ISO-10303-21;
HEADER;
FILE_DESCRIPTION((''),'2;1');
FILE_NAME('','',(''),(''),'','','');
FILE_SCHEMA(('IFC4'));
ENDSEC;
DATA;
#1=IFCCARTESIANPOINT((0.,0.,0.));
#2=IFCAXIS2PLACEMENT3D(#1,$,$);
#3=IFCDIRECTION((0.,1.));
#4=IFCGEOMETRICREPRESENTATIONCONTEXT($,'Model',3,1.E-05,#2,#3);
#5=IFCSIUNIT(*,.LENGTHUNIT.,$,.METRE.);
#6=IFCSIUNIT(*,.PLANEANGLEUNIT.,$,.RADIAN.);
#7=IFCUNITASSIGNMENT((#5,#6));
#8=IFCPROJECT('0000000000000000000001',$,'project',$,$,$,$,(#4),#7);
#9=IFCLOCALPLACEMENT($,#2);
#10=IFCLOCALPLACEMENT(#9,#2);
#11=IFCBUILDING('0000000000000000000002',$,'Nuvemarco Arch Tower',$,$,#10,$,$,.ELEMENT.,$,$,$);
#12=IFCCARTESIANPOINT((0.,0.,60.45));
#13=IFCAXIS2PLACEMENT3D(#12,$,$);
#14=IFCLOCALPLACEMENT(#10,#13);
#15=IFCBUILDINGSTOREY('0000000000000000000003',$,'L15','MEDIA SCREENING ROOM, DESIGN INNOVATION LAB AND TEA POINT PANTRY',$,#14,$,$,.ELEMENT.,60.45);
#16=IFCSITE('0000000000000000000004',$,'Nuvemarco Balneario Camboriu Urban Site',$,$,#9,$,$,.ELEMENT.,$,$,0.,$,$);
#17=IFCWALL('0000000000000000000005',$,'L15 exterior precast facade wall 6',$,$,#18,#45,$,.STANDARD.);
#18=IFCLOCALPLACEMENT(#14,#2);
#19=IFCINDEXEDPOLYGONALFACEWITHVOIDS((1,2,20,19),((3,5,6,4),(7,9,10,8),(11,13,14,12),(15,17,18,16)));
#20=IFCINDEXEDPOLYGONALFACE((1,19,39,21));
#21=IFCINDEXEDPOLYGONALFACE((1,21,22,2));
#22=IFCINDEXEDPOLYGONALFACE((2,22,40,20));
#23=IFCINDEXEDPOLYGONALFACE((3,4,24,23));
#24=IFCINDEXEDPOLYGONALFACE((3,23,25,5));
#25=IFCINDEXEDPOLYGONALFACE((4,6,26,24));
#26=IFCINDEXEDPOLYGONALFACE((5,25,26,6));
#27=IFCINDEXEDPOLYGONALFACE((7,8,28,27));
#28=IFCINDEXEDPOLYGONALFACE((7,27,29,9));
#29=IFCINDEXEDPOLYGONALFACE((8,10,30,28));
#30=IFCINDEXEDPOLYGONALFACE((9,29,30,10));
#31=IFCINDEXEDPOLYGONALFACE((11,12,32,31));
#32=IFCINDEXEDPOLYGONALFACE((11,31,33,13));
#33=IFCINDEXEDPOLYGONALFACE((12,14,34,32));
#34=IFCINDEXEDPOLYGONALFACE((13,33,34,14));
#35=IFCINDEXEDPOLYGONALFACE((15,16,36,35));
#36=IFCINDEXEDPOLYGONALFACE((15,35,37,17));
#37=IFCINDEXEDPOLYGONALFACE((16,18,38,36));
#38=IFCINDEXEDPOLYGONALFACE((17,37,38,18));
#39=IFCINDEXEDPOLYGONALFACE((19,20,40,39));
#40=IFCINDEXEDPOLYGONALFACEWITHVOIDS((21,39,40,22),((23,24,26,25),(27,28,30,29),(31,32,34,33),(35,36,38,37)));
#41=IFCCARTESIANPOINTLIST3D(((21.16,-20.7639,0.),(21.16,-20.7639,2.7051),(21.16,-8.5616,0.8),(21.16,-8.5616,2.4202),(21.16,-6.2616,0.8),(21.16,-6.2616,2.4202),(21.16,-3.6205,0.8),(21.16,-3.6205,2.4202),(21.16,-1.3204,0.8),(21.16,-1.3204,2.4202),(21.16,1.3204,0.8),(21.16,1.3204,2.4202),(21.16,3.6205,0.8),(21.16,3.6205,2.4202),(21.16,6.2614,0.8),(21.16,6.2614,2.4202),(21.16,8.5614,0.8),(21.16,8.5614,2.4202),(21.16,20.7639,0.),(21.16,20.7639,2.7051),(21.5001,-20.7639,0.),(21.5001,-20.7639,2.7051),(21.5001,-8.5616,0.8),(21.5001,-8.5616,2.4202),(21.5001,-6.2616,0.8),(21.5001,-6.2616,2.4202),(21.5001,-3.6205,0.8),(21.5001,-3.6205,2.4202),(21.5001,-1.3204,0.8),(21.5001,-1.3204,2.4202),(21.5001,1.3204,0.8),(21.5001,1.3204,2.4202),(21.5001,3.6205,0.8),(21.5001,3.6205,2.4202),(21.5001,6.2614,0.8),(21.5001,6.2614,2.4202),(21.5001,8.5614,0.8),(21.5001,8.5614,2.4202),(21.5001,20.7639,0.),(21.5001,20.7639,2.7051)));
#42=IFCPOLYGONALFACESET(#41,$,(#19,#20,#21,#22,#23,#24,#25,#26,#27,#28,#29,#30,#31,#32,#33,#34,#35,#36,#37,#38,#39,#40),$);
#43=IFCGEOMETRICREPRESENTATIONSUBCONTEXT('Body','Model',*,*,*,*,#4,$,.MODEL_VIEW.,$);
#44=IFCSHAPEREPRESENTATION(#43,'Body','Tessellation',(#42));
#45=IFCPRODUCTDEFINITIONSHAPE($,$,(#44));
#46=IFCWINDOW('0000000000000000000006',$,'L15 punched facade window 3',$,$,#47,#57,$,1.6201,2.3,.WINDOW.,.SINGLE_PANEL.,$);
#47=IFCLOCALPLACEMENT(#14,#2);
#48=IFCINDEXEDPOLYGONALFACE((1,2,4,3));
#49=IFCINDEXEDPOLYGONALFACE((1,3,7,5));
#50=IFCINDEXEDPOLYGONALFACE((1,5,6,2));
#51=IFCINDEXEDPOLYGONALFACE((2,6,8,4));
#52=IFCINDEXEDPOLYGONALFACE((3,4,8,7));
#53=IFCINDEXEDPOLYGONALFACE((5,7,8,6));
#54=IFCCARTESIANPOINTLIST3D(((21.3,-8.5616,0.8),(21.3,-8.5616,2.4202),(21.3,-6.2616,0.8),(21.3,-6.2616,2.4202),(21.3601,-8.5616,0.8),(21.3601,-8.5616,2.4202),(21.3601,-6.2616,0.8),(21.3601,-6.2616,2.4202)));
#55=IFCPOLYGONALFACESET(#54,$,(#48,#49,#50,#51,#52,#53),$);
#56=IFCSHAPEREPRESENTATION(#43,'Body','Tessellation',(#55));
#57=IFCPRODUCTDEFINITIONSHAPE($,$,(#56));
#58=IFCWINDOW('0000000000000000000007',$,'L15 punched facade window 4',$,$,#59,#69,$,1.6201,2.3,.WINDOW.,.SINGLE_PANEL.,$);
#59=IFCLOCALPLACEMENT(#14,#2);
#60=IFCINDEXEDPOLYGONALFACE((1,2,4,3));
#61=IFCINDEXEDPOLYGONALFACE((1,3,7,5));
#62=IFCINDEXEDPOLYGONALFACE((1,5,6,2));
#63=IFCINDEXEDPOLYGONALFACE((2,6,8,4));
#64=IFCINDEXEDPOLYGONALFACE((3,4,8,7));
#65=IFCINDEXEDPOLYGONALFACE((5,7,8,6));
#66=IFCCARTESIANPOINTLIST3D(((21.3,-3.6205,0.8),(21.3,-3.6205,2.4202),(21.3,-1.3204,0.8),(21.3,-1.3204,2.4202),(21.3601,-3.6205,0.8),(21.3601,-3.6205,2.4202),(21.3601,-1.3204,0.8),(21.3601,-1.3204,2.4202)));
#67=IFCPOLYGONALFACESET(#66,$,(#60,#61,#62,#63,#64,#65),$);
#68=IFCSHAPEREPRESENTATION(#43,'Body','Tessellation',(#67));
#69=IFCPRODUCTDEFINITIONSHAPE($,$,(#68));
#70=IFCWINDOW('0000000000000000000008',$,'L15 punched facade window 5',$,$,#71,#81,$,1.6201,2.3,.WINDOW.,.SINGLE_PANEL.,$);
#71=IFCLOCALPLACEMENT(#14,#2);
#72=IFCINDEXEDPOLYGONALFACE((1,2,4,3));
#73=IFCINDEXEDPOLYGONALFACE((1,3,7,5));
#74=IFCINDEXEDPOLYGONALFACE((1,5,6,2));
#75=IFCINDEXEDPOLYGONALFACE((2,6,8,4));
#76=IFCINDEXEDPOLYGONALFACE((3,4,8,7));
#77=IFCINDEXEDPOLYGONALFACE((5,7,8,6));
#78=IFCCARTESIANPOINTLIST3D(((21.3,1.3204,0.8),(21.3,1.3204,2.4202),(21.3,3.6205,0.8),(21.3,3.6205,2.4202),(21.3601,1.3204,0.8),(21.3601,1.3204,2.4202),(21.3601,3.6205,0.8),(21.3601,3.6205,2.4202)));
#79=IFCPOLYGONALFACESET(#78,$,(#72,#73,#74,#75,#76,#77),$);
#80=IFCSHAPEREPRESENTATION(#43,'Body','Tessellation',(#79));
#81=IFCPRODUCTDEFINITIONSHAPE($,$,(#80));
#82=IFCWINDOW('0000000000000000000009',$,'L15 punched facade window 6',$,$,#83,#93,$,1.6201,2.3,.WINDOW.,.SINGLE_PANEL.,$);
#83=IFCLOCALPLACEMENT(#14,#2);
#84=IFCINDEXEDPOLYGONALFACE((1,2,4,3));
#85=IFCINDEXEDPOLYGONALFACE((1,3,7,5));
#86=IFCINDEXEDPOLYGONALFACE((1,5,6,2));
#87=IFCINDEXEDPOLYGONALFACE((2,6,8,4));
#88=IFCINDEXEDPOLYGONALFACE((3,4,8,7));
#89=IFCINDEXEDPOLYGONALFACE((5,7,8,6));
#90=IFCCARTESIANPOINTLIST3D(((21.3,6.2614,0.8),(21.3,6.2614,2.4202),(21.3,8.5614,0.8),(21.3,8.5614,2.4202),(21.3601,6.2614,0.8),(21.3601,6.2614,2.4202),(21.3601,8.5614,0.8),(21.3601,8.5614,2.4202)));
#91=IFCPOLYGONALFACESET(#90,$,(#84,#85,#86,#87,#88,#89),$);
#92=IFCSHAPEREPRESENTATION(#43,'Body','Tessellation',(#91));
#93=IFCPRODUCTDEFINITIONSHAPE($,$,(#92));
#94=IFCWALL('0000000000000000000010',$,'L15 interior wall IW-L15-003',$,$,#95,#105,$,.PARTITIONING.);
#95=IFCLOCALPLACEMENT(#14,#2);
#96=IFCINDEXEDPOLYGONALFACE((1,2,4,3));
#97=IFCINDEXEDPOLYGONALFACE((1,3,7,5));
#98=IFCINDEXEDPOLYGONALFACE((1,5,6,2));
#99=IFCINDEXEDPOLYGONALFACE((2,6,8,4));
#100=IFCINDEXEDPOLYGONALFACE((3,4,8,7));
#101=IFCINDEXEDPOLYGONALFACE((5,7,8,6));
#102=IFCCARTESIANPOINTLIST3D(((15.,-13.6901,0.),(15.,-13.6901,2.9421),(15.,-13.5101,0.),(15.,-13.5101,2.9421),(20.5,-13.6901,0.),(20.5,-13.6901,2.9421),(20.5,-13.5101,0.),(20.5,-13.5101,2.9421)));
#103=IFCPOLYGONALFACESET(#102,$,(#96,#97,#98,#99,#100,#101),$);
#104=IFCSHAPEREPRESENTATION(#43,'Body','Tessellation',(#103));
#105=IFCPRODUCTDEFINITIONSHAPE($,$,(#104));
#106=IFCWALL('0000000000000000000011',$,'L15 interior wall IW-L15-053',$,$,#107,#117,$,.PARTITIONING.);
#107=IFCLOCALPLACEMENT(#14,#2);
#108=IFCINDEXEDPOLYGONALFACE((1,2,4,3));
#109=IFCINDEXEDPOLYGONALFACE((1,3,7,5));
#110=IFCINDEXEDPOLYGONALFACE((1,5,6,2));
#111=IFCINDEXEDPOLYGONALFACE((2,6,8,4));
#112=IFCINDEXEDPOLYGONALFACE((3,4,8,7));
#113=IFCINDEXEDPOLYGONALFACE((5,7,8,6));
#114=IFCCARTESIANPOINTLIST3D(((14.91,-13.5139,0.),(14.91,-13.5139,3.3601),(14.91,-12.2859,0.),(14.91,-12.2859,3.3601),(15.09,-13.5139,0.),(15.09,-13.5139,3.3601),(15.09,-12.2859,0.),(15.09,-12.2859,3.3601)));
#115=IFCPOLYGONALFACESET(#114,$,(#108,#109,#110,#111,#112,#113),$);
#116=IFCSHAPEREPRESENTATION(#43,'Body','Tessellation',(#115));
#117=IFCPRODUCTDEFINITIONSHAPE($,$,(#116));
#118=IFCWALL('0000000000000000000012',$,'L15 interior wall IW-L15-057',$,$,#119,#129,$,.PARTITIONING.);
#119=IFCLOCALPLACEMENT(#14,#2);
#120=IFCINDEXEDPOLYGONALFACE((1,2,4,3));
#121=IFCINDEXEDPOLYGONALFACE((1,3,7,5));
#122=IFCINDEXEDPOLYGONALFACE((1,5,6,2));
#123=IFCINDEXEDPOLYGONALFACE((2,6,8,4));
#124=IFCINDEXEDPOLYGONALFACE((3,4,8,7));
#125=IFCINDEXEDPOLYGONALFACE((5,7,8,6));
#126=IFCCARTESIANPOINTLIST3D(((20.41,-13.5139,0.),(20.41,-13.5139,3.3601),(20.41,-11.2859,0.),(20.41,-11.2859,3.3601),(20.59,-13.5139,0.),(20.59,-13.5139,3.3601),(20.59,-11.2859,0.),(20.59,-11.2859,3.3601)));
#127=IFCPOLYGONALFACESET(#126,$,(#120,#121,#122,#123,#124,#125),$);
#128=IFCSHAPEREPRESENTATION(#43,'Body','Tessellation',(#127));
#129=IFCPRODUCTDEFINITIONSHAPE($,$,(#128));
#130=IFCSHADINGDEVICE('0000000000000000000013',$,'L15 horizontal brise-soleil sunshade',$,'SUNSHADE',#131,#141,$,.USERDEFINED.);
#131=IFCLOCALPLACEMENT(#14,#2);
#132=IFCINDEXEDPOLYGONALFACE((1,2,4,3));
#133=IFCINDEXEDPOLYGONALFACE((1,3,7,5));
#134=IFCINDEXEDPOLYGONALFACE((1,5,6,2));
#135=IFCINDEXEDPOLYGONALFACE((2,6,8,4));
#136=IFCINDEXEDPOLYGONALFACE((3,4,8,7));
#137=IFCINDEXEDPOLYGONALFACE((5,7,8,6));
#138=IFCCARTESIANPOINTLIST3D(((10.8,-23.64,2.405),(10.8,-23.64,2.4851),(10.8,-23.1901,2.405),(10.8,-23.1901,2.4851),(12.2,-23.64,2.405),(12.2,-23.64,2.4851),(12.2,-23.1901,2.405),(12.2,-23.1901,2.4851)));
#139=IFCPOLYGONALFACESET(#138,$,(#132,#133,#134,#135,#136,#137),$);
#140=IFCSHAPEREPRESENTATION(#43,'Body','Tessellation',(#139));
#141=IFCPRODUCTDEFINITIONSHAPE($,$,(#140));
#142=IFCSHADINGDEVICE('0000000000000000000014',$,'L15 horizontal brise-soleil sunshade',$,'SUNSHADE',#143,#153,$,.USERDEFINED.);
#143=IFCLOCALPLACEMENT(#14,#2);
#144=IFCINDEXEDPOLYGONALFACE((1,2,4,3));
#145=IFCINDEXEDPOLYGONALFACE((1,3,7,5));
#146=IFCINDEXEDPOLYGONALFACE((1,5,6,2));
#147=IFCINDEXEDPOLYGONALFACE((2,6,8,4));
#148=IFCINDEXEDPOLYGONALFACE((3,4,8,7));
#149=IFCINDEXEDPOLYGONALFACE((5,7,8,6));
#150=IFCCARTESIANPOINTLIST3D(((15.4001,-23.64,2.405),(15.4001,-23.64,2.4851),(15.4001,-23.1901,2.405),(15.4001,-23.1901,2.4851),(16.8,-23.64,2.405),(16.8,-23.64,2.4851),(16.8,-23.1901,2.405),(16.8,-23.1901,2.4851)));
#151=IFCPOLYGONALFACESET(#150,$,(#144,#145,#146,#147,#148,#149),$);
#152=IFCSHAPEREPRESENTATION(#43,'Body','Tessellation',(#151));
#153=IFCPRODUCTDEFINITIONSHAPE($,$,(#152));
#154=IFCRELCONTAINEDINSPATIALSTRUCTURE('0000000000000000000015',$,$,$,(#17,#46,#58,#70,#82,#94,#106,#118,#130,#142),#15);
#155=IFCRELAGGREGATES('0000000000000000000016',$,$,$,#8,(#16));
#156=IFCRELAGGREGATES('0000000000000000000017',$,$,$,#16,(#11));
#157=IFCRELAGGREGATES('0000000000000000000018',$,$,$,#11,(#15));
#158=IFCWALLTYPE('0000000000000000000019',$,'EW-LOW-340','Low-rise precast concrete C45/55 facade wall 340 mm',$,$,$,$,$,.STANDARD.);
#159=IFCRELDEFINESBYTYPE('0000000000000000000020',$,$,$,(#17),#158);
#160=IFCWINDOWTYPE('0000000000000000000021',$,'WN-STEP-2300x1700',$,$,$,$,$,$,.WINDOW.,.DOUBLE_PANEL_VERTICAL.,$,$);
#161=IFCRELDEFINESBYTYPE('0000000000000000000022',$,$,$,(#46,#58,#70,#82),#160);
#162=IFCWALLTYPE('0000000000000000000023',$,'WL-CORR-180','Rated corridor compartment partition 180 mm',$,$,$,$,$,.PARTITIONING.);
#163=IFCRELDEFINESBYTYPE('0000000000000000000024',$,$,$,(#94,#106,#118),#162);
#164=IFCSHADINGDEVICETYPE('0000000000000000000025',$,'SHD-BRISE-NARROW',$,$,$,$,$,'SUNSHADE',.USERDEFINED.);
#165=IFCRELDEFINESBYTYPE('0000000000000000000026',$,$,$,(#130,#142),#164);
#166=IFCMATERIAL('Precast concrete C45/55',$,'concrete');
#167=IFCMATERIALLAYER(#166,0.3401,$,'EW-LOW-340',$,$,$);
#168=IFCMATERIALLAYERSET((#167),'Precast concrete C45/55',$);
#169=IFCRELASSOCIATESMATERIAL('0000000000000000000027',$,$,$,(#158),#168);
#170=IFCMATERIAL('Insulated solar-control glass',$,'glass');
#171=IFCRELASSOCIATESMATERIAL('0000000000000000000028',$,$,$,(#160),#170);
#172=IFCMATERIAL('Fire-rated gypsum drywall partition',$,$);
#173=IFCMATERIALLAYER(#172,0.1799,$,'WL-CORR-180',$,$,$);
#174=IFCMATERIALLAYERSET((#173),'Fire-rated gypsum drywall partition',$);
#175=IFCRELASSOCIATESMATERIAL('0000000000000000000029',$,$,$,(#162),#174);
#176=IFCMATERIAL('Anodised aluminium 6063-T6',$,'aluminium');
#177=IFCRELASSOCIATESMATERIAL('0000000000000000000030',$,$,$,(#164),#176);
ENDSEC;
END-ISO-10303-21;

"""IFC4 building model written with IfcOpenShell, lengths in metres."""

from ifc_helpers import new_model, si_unit, direction, frame, frame_2d, origin, origin_2d, place, context, subcontext, project, spatial, rectangle, extrude, source, transform, mapped, material, layer, layer_set, type_object, type_shapes, element, fill, save


model = new_model("IFC4")

# Units and contexts
model_context = context("Model", 3, precision=1e-05, world=origin(), true_north=direction((0.0, 1.0)))
body_context = subcontext(model_context, "Body", "Model", "MODEL_VIEW")
ifc_project = project(units=[si_unit("LENGTHUNIT", "METRE"), si_unit("PLANEANGLEUNIT", "RADIAN")], contexts=[model_context])

# Site, building, storey
site_placement = place(None, origin())
site = spatial("IfcSite", under=ifc_project, at=site_placement, Name="Nuvemarco Balneario Camboriu Urban Site", CompositionType="ELEMENT", RefElevation=0.0)
building_placement = place(site_placement, origin())
building = spatial("IfcBuilding", under=site, at=building_placement, Name="Nuvemarco Arch Tower", CompositionType="ELEMENT")
storey_placement = place(building_placement, frame((0.0, 0.0, 60.45)))
storey = spatial("IfcBuildingStorey", under=building, at=storey_placement, Name="L15", Description="MEDIA SCREENING ROOM, DESIGN INNOVATION LAB AND TEA POINT PANTRY", CompositionType="ELEMENT", Elevation=60.45)

# Shared definitions
ifc_material_1 = material(Name="Precast concrete C45/55", Category="concrete")

# Shared definitions
ifc_layer_1 = layer(ifc_material_1, 0.3401, Name="EW-LOW-340")
ifc_layer_set_1 = layer_set([ifc_layer_1], Name="Precast concrete C45/55")
wall_type_1 = type_object("IfcWallType", Name="EW-LOW-340", Description="Low-rise precast concrete C45/55 facade wall 340 mm", PredefinedType="STANDARD", material=ifc_layer_set_1)

# Wall, openings, windows
wall_1_placement = place(storey_placement, frame((21.3301, -20.7639, 0.0), z_axis=(0.0, 0.0, 1.0), x_axis=(0.0, 1.0, 0.0)))
wall_1 = element("IfcWall", 1, at=wall_1_placement, inside=storey, type_object=wall_type_1, Name="L15 exterior precast facade wall 6", PredefinedType="STANDARD", context=body_context, shape_type="SweptSolid", body=[
    extrude(rectangle(XDim=41.5278, YDim=0.3401, at=frame_2d((20.7639, 0.0))), origin(), (0.0, 0.0, 1.0), 2.7051),
])
opening_1_placement = place(wall_1_placement, frame((12.2024, 0.0, 0.8)))
opening_1 = element("IfcOpeningElement", 2, at=opening_1_placement, cuts=wall_1, PredefinedType="OPENING", context=body_context, shape_type="SweptSolid", body=[
    extrude(rectangle(XDim=2.3, YDim=1.6201, at=frame_2d((1.1499, 0.8101))), frame((0.0, 0.1799, 0.0), z_axis=(0.0, -1.0, 0.0), x_axis=(1.0, 0.0, 0.0)), (0.0, 0.0, 1.0), 0.3601),
])
opening_2_placement = place(wall_1_placement, frame((17.1436, 0.0, 0.8)))
opening_2 = element("IfcOpeningElement", 3, at=opening_2_placement, cuts=wall_1, PredefinedType="OPENING", context=body_context, shape_type="SweptSolid", body=[
    extrude(rectangle(XDim=2.3, YDim=1.6201, at=frame_2d((1.1499, 0.8101))), frame((0.0, 0.1799, 0.0), z_axis=(0.0, -1.0, 0.0), x_axis=(1.0, 0.0, 0.0)), (0.0, 0.0, 1.0), 0.3601),
])
opening_3_placement = place(wall_1_placement, frame((22.0845, 0.0, 0.8)))
opening_3 = element("IfcOpeningElement", 4, at=opening_3_placement, cuts=wall_1, PredefinedType="OPENING", context=body_context, shape_type="SweptSolid", body=[
    extrude(rectangle(XDim=2.3, YDim=1.6201, at=frame_2d((1.1499, 0.8101))), frame((0.0, 0.1799, 0.0), z_axis=(0.0, -1.0, 0.0), x_axis=(1.0, 0.0, 0.0)), (0.0, 0.0, 1.0), 0.3601),
])
opening_4_placement = place(wall_1_placement, frame((27.0254, 0.0, 0.8)))
opening_4 = element("IfcOpeningElement", 5, at=opening_4_placement, cuts=wall_1, PredefinedType="OPENING", context=body_context, shape_type="SweptSolid", body=[
    extrude(rectangle(XDim=2.3, YDim=1.6201, at=frame_2d((1.1499, 0.8101))), frame((0.0, 0.1799, 0.0), z_axis=(0.0, -1.0, 0.0), x_axis=(1.0, 0.0, 0.0)), (0.0, 0.0, 1.0), 0.3601),
])
ifc_material_2 = material(Name="Insulated solar-control glass", Category="glass")
window_type = type_object("IfcWindowType", Name="WN-STEP-2300x1700", PartitioningType="DOUBLE_PANEL_VERTICAL", PredefinedType="WINDOW", material=ifc_material_2)
shared_shape_1 = source(origin(), body_context, "Body", "SweptSolid", [
    extrude(rectangle(XDim=2.3, YDim=1.6201, at=frame_2d((1.1499, 0.8101))), frame((0.0, 0.03, 0.0), z_axis=(0.0, -1.0, 0.0), x_axis=(1.0, 0.0, 0.0)), (0.0, 0.0, 1.0), 0.0601),
])
type_shapes(window_type, [shared_shape_1])
window_1_placement = place(opening_1_placement, origin())
window_1 = element("IfcWindow", 6, at=window_1_placement, inside=storey, type_object=window_type, Name="L15 punched facade window 3", OverallHeight=1.6201, OverallWidth=2.3, PartitioningType="SINGLE_PANEL", PredefinedType="WINDOW", context=body_context, shape_type="MappedRepresentation", body=[
    mapped(shared_shape_1, transform((0.0, 0.0, 0.0), scale=1.0)),
])
fill(opening_1, window_1)
window_2_placement = place(opening_2_placement, origin())
window_2 = element("IfcWindow", 7, at=window_2_placement, inside=storey, type_object=window_type, Name="L15 punched facade window 4", OverallHeight=1.6201, OverallWidth=2.3, PartitioningType="SINGLE_PANEL", PredefinedType="WINDOW", context=body_context, shape_type="MappedRepresentation", body=[
    mapped(shared_shape_1, transform((0.0, 0.0, 0.0), scale=1.0)),
])
fill(opening_2, window_2)
window_3_placement = place(opening_3_placement, origin())
window_3 = element("IfcWindow", 8, at=window_3_placement, inside=storey, type_object=window_type, Name="L15 punched facade window 5", OverallHeight=1.6201, OverallWidth=2.3, PartitioningType="SINGLE_PANEL", PredefinedType="WINDOW", context=body_context, shape_type="MappedRepresentation", body=[
    mapped(shared_shape_1, transform((0.0, 0.0, 0.0), scale=1.0)),
])
fill(opening_3, window_3)
window_4_placement = place(opening_4_placement, origin())
window_4 = element("IfcWindow", 9, at=window_4_placement, inside=storey, type_object=window_type, Name="L15 punched facade window 6", OverallHeight=1.6201, OverallWidth=2.3, PartitioningType="SINGLE_PANEL", PredefinedType="WINDOW", context=body_context, shape_type="MappedRepresentation", body=[
    mapped(shared_shape_1, transform((0.0, 0.0, 0.0), scale=1.0)),
])
fill(opening_4, window_4)

# Walls
ifc_material_3 = material(Name="Fire-rated gypsum drywall partition")
ifc_layer_2 = layer(ifc_material_3, 0.1799, Name="WL-CORR-180")
ifc_layer_set_2 = layer_set([ifc_layer_2], Name="Fire-rated gypsum drywall partition")
wall_type_2 = type_object("IfcWallType", Name="WL-CORR-180", Description="Rated corridor compartment partition 180 mm", PredefinedType="PARTITIONING", material=ifc_layer_set_2)
wall_2_placement = place(storey_placement, frame((15.0, -13.6001, 0.0), z_axis=(0.0, 0.0, 1.0), x_axis=(1.0, 0.0, 0.0)))
element("IfcWall", 10, at=wall_2_placement, inside=storey, type_object=wall_type_2, Name="L15 interior wall IW-L15-003", PredefinedType="PARTITIONING", context=body_context, shape_type="SweptSolid", body=[
    extrude(rectangle(XDim=5.5, YDim=0.1799, at=frame_2d((2.75, 0.0))), origin(), (0.0, 0.0, 1.0), 2.9421),
])
wall_3_placement = place(storey_placement, frame((15.0, -13.5139, 0.0), z_axis=(0.0, 0.0, 1.0), x_axis=(0.0, 1.0, 0.0)))
element("IfcWall", 11, at=wall_3_placement, inside=storey, type_object=wall_type_2, Name="L15 interior wall IW-L15-053", PredefinedType="PARTITIONING", context=body_context, shape_type="SweptSolid", body=[
    extrude(rectangle(XDim=1.228, YDim=0.1799, at=frame_2d((0.614, 0.0))), origin(), (0.0, 0.0, 1.0), 3.3601),
])
wall_4_placement = place(storey_placement, frame((20.5, -13.5139, 0.0), z_axis=(0.0, 0.0, 1.0), x_axis=(0.0, 1.0, 0.0)))
element("IfcWall", 12, at=wall_4_placement, inside=storey, type_object=wall_type_2, Name="L15 interior wall IW-L15-057", PredefinedType="PARTITIONING", context=body_context, shape_type="SweptSolid", body=[
    extrude(rectangle(XDim=2.228, YDim=0.1799, at=frame_2d((1.114, 0.0))), origin(), (0.0, 0.0, 1.0), 3.3601),
])

# Shading devices
ifc_material_4 = material(Name="Anodised aluminium 6063-T6", Category="aluminium")
shading_device_type = type_object("IfcShadingDeviceType", Name="SHD-BRISE-NARROW", ElementType="SUNSHADE", PredefinedType="USERDEFINED", material=ifc_material_4)
shared_shape_2 = source(origin(), body_context, "Body", "SweptSolid", [
    extrude(rectangle(XDim=1.3999, YDim=0.45, at=origin_2d()), origin(), (0.0, 0.0, 1.0), 0.0801),
])
type_shapes(shading_device_type, [shared_shape_2])
for number, where, z_axis, x_axis, name in (
    (13, (11.5, -23.415, 2.405), (0.0, 0.0, 1.0), (1.0, 0.0, 0.0), "L15 horizontal brise-soleil sunshade"),
    (14, (16.1001, -23.415, 2.405), (0.0, 0.0, 1.0), (1.0, 0.0, 0.0), "L15 horizontal brise-soleil sunshade"),
):
    element("IfcShadingDevice", number, at=place(storey_placement, frame(where, z_axis=z_axis, x_axis=x_axis)), inside=storey, type_object=shading_device_type, Name=name, ObjectType="SUNSHADE", PredefinedType="USERDEFINED", context=body_context, shape_type="MappedRepresentation", body=[
        mapped(shared_shape_2, transform((0.0, 0.0, 0.0), scale=1.0)),
    ])

save(model, "model.ifc")
